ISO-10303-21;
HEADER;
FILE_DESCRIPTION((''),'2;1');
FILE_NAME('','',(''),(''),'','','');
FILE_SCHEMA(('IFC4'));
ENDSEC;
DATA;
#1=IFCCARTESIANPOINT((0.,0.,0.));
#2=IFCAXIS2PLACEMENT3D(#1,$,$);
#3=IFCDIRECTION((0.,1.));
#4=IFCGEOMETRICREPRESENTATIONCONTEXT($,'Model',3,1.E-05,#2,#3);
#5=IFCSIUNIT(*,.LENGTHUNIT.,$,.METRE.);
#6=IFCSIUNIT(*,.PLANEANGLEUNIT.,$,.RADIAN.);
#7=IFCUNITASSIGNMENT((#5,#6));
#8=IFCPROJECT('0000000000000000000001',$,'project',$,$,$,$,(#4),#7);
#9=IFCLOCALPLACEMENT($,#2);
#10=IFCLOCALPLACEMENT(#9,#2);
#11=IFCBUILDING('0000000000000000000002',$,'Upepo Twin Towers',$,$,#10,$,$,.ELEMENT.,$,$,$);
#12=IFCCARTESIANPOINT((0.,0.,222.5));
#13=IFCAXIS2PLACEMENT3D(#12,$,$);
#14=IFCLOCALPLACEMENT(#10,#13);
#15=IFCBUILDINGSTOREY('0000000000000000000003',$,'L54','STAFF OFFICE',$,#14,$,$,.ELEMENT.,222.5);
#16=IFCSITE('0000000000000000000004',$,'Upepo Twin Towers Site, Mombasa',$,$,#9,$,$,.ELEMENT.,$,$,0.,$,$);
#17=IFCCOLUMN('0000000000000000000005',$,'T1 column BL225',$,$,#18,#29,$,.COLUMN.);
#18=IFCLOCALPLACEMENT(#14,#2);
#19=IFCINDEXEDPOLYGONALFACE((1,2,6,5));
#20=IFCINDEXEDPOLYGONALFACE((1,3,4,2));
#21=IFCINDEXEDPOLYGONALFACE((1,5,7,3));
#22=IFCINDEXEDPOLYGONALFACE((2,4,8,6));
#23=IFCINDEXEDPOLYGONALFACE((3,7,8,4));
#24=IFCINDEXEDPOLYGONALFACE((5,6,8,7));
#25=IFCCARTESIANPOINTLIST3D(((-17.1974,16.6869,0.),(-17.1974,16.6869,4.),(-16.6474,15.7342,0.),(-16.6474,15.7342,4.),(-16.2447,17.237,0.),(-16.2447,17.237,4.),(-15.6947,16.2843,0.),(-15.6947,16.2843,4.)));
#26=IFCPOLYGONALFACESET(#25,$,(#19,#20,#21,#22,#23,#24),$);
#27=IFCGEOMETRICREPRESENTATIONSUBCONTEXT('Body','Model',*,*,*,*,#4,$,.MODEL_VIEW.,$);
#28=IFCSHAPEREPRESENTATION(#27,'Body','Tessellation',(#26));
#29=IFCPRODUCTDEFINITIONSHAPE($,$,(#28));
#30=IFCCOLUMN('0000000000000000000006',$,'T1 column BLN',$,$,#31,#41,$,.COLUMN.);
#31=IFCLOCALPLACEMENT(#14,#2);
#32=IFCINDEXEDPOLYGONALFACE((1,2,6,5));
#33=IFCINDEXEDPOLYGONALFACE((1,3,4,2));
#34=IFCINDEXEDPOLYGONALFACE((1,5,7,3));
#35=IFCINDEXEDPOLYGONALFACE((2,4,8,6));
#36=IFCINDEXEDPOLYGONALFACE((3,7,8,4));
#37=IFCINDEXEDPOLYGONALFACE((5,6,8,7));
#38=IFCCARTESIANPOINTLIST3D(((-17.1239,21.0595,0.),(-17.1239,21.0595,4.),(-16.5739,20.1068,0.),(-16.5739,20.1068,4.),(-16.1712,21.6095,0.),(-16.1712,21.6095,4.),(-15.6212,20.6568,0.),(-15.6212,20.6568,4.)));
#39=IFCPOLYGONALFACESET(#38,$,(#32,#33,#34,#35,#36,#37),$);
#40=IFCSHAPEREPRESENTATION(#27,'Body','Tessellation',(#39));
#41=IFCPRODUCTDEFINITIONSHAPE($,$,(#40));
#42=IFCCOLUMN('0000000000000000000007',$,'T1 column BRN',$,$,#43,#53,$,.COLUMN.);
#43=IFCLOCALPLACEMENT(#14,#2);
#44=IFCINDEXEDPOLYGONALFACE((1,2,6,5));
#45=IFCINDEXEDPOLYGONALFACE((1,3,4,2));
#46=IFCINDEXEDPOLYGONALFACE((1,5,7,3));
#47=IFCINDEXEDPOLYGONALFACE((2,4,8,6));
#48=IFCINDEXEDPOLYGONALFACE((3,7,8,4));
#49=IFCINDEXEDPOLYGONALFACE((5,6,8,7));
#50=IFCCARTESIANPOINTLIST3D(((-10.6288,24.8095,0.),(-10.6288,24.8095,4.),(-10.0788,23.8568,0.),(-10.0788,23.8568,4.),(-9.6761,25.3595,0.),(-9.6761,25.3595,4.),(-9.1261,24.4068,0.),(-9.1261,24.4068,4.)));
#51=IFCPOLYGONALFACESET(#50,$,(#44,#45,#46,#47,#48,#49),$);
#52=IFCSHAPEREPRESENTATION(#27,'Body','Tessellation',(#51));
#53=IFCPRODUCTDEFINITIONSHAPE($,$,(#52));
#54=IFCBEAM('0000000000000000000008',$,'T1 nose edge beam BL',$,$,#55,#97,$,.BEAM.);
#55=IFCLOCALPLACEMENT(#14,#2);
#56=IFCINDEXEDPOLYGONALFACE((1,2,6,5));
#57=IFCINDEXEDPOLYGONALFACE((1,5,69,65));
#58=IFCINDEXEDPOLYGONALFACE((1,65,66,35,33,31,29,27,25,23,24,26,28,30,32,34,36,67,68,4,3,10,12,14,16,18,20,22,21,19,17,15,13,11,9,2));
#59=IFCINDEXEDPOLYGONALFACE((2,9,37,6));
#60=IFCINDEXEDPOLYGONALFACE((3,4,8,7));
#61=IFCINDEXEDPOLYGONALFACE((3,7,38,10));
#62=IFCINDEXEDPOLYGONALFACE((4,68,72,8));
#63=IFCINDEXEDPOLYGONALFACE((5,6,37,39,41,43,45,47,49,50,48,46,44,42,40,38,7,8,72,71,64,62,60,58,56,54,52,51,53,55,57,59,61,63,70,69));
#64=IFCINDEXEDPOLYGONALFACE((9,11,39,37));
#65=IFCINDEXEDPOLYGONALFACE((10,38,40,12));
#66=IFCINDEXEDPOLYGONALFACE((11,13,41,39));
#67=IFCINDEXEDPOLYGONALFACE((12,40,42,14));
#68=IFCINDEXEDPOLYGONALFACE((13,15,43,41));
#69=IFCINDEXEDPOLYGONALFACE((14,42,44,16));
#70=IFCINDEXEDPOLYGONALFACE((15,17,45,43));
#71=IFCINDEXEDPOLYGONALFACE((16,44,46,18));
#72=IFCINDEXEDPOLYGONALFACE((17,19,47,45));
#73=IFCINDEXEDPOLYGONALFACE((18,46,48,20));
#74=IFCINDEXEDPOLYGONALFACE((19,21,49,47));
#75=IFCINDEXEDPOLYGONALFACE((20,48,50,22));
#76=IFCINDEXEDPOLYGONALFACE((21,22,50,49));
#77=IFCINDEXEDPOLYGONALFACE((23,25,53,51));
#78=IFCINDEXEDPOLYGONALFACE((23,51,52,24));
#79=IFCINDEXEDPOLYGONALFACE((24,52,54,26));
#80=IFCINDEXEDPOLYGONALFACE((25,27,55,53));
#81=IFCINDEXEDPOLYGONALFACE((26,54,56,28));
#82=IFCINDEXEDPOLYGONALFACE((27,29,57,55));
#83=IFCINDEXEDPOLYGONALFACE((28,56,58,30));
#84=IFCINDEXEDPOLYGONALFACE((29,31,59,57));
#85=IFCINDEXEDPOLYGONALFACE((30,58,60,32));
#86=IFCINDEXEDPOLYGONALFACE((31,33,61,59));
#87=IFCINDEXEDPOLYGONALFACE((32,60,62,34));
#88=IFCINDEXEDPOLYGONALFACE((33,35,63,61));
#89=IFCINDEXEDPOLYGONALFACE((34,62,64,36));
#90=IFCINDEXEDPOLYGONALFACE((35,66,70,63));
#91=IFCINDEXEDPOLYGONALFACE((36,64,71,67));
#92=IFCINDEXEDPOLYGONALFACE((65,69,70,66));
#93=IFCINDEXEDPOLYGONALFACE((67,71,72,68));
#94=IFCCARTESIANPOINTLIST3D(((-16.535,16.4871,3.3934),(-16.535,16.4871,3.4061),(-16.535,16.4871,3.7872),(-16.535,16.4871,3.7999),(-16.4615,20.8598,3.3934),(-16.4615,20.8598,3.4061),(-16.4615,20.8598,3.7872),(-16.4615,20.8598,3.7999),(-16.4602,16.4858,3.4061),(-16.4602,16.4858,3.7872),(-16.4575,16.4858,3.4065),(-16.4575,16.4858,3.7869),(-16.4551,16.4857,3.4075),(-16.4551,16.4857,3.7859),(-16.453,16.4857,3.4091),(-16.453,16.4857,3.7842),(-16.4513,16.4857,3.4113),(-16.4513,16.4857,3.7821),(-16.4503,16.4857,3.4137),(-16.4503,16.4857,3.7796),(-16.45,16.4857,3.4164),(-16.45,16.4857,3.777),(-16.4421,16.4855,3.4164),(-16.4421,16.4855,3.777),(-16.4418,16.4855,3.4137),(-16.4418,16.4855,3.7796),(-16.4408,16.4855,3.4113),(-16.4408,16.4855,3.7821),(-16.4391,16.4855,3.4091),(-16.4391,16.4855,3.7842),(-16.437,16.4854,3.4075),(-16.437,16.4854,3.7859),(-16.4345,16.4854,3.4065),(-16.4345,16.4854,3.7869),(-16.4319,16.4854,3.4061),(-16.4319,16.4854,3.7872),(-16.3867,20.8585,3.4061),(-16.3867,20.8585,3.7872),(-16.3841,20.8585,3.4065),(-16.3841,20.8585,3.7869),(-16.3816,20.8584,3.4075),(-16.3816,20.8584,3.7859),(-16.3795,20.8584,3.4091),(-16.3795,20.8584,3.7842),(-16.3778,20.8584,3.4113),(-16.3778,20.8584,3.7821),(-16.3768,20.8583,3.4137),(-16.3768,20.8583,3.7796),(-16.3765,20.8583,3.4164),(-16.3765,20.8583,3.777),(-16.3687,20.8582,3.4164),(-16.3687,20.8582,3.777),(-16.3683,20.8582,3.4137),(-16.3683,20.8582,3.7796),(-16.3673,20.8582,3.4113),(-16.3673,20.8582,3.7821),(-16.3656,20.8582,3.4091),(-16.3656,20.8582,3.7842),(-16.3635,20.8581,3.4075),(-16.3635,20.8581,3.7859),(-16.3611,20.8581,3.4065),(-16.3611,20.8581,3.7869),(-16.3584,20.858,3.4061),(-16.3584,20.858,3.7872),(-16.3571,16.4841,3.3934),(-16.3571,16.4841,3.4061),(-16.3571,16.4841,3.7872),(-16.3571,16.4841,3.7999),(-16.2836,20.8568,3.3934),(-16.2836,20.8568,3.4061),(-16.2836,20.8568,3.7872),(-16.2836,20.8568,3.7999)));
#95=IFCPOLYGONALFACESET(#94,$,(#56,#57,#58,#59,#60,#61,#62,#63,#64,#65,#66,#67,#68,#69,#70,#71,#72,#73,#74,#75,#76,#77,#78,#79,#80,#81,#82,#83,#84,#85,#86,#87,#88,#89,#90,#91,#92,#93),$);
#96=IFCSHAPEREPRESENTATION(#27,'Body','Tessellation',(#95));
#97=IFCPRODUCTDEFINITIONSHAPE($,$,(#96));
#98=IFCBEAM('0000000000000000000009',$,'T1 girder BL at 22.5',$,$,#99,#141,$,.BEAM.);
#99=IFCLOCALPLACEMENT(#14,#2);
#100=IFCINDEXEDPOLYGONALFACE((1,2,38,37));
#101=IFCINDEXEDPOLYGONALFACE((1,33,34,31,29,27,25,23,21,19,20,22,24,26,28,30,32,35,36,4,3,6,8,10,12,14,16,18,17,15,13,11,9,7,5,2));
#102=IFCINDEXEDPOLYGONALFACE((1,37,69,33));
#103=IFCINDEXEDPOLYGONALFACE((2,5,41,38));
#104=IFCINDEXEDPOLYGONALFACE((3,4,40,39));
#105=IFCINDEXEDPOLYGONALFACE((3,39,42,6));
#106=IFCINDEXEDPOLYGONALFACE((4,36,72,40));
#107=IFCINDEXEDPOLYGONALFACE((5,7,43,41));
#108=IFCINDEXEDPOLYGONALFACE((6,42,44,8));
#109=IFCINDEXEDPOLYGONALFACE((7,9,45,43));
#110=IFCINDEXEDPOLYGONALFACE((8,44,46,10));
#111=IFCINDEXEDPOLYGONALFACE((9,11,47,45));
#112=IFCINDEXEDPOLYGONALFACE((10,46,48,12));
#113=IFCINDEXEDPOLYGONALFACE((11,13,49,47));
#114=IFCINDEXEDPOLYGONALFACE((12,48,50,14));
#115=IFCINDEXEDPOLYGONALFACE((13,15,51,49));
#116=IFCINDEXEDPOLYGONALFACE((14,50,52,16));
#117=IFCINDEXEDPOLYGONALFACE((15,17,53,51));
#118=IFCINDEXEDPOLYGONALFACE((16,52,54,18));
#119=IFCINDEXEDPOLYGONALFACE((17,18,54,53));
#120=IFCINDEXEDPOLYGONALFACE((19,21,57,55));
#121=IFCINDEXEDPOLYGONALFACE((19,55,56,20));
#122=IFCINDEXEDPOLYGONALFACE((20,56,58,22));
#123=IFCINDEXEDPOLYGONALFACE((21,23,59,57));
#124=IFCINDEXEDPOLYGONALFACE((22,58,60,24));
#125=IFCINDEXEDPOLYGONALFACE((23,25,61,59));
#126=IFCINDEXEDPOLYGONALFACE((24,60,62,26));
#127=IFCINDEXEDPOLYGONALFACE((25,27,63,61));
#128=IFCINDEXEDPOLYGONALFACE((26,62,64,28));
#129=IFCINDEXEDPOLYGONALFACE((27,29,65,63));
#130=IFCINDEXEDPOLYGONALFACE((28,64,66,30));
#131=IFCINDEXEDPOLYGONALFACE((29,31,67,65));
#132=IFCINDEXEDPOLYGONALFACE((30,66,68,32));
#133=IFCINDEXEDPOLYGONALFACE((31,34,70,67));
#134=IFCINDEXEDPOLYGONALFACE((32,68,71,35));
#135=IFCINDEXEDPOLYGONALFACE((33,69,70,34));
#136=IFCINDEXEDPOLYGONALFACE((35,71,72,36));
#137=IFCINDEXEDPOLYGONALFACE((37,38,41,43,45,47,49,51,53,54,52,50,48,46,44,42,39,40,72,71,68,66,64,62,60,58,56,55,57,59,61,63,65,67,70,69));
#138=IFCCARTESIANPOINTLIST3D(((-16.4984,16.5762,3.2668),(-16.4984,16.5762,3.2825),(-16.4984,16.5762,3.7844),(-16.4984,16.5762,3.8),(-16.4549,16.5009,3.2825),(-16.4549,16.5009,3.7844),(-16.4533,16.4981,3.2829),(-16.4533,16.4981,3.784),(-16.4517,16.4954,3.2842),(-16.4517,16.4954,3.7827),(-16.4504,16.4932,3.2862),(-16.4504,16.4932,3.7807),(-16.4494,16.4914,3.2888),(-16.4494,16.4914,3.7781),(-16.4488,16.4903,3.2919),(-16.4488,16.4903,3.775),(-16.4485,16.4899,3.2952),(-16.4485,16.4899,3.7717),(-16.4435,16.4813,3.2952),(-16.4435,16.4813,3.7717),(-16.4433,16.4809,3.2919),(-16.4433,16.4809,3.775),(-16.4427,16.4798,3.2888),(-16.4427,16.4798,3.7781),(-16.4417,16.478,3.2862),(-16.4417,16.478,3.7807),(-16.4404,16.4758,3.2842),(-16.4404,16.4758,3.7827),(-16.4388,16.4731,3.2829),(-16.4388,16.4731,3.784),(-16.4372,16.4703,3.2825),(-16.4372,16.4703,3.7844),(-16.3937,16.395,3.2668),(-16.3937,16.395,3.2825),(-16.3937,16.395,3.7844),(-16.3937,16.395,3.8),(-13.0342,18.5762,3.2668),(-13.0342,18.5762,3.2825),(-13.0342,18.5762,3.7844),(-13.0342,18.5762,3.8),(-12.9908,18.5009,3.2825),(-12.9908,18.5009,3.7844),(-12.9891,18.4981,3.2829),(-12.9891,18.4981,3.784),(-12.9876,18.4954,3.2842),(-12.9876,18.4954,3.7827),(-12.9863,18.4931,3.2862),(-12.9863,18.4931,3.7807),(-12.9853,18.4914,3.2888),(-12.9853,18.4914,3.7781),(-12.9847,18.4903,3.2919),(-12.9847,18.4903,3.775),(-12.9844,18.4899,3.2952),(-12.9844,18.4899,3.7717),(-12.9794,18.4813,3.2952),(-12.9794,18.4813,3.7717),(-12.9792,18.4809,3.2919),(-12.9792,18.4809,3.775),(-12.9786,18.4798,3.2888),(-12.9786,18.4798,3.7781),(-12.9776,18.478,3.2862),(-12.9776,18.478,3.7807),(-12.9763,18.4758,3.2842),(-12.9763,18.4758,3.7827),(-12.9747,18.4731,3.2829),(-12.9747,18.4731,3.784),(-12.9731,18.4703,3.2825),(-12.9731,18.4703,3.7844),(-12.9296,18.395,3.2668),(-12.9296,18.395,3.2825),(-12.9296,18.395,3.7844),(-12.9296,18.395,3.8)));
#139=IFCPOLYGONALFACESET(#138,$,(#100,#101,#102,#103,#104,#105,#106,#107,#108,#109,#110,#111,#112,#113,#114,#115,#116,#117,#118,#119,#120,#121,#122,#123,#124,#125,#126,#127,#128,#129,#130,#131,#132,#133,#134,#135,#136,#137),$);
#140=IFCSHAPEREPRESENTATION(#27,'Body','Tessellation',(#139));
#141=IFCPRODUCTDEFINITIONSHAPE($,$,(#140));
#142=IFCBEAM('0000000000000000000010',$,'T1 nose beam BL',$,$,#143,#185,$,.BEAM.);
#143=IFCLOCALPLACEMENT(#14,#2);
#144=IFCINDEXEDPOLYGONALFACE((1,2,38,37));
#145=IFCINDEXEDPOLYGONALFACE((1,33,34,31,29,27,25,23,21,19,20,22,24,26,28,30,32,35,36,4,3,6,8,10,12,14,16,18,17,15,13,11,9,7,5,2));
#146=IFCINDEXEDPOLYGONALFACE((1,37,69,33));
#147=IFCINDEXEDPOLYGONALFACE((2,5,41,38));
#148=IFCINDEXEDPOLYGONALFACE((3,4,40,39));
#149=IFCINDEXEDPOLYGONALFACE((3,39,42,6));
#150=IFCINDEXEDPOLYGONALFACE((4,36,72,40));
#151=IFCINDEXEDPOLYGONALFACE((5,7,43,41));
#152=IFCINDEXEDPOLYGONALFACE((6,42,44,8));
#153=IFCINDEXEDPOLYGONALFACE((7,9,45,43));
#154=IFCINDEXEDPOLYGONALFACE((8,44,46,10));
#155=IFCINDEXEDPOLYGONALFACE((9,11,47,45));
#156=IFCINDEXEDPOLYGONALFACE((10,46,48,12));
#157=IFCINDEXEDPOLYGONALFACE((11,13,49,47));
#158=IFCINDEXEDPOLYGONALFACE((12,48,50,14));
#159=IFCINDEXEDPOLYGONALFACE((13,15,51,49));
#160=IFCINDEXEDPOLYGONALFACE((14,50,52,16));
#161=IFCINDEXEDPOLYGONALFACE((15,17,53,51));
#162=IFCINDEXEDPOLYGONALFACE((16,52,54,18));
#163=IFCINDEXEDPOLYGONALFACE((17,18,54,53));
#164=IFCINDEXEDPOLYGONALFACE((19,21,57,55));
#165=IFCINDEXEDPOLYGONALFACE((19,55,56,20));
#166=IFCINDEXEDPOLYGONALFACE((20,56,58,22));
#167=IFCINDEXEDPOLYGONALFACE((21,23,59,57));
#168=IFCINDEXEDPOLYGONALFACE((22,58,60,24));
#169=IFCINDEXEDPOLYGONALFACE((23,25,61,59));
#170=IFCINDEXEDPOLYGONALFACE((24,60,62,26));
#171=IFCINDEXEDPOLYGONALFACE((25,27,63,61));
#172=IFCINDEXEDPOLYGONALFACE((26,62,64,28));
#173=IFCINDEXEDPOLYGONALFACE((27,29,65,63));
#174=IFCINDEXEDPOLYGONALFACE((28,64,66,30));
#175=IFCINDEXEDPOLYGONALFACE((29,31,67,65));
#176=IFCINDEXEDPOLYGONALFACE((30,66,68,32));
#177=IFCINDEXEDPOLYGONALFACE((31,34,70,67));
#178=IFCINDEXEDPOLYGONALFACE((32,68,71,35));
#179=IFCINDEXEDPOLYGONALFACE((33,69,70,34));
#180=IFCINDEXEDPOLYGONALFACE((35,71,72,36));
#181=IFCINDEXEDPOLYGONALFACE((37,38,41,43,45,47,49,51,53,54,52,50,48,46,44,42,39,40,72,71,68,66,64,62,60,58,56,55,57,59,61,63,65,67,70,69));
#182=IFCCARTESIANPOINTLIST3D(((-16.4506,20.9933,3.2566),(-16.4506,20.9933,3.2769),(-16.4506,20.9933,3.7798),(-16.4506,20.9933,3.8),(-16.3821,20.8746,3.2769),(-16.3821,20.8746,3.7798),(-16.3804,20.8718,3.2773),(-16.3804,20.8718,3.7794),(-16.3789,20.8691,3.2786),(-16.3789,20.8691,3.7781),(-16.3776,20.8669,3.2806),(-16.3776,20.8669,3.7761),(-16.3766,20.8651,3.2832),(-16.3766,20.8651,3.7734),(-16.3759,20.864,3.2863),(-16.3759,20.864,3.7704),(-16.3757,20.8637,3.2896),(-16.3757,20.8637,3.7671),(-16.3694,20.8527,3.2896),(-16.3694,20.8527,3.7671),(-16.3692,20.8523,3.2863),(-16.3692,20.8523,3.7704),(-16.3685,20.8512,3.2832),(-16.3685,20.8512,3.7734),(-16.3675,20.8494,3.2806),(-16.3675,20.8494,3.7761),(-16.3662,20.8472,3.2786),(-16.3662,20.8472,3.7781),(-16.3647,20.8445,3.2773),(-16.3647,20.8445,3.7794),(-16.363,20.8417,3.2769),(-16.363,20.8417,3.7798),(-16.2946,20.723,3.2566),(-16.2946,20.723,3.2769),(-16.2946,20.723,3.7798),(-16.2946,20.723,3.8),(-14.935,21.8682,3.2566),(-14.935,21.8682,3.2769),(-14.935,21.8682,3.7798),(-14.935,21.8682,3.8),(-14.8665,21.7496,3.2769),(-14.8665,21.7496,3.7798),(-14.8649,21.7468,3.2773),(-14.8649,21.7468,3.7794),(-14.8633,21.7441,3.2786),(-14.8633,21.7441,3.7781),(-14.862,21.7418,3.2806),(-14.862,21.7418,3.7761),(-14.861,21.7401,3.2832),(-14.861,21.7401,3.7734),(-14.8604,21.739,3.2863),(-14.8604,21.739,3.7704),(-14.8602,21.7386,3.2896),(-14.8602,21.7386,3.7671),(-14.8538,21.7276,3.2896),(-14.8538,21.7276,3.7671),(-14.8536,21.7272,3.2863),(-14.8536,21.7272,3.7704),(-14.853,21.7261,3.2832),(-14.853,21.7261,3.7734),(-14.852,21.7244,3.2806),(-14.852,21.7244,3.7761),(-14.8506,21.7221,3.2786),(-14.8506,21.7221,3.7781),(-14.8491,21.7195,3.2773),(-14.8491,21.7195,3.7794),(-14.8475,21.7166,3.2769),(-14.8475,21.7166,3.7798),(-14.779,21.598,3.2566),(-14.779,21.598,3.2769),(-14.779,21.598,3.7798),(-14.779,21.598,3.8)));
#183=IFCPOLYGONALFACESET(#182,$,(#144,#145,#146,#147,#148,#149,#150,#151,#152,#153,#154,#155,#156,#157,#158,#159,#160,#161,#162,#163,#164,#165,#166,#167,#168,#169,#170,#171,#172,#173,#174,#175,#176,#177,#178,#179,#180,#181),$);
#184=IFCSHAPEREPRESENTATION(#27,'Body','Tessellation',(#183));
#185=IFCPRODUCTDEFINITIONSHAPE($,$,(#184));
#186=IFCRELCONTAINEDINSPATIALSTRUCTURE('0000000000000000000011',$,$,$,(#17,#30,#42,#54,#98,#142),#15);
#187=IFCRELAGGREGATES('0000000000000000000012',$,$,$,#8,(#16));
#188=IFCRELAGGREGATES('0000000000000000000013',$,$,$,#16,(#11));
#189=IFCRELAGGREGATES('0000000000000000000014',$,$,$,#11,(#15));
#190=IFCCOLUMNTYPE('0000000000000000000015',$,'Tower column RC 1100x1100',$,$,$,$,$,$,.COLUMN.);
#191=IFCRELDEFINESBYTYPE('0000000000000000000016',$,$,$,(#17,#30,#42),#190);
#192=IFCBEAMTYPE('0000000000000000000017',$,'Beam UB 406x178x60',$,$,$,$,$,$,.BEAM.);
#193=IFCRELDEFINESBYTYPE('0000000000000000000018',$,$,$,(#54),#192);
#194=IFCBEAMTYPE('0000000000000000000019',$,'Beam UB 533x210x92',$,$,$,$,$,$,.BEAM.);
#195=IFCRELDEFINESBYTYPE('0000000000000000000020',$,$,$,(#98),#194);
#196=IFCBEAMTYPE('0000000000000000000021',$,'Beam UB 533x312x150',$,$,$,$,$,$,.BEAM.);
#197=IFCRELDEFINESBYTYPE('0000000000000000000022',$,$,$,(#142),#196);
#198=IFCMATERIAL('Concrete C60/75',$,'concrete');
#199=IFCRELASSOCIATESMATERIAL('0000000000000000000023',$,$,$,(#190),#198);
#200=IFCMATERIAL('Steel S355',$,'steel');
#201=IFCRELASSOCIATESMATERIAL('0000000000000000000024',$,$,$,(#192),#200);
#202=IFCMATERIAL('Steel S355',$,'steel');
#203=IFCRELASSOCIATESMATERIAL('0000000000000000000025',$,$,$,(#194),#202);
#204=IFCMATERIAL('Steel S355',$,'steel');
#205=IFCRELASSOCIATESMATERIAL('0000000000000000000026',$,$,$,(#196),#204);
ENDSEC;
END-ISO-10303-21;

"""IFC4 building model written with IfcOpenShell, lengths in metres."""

from ifc_helpers import new_model, si_unit, direction, frame, origin, origin_2d, place, context, subcontext, project, spatial, rectangle, i_section, extrude, material, material_profile, profile_set, type_object, element, save


model = new_model("IFC4")

# Units and contexts
model_context = context("Model", 3, precision=1e-05, world=origin(), true_north=direction((0.0, 1.0)))
body_context = subcontext(model_context, "Body", "Model", "MODEL_VIEW")
ifc_project = project(units=[si_unit("LENGTHUNIT", "METRE"), si_unit("PLANEANGLEUNIT", "RADIAN")], contexts=[model_context])

# Site, building, storey
site_placement = place(None, origin())
site = spatial("IfcSite", under=ifc_project, at=site_placement, Name="Upepo Twin Towers Site, Mombasa", CompositionType="ELEMENT", RefElevation=0.0)
building_placement = place(site_placement, origin())
building = spatial("IfcBuilding", under=site, at=building_placement, Name="Upepo Twin Towers", CompositionType="ELEMENT")
storey_placement = place(building_placement, frame((0.0, 0.0, 222.5)))
storey = spatial("IfcBuildingStorey", under=building, at=storey_placement, Name="L54", Description="STAFF OFFICE", CompositionType="ELEMENT", Elevation=222.5)

# Columns
ifc_material_1 = material(Name="Concrete C60/75", Category="concrete")
ifc_material_profile_1 = material_profile(ifc_material_1, rectangle(XDim=1.1001, YDim=1.1001, at=origin_2d()), Name="RC 1100x1100")
ifc_profile_set_1 = profile_set([ifc_material_profile_1], Name="Concrete C60/75")
column_type = type_object("IfcColumnType", Name="Tower column RC 1100x1100", PredefinedType="COLUMN", material=ifc_profile_set_1)
for number, where, z_axis, x_axis, name in (
    (1, (-16.446, 16.4856, 0.0), (0.0, 0.0, 1.0), (0.866025, 0.5, 0.0), "T1 column BL225"),
    (2, (-16.3726, 20.8582, 0.0), (0.0, 0.0, 1.0), (0.866025, 0.5, 0.0), "T1 column BLN"),
    (3, (-9.8774, 24.6082, 0.0), (0.0, 0.0, 1.0), (0.866025, 0.5, 0.0), "T1 column BRN"),
):
    element("IfcColumn", number, at=place(storey_placement, frame(where, z_axis=z_axis, x_axis=x_axis)), inside=storey, type_object=column_type, Name=name, PredefinedType="COLUMN", context=body_context, shape_type="SweptSolid", body=[
        extrude(rectangle(XDim=1.1001, YDim=1.1001, at=origin_2d()), origin(), (0.0, 0.0, 1.0), 4.0),
    ])

# Beams
ifc_material_2 = material(Name="Steel S355", Category="steel")
ifc_material_profile_2 = material_profile(ifc_material_2, i_section(OverallWidth=0.178, OverallDepth=0.4065, WebThickness=0.0078, FlangeThickness=0.0127, FilletRadius=0.0103, at=origin_2d()), Name="UB 406x178x60")
ifc_profile_set_2 = profile_set([ifc_material_profile_2], Name="Steel S355")
beam_type_1 = type_object("IfcBeamType", Name="Beam UB 406x178x60", PredefinedType="BEAM", material=ifc_profile_set_2)
beam_1_placement = place(storey_placement, frame((-16.446, 16.4856, 3.5967), z_axis=(0.016804, 0.999859, 0.0), x_axis=(-0.999859, 0.016804, 0.0)))
element("IfcBeam", 4, at=beam_1_placement, inside=storey, type_object=beam_type_1, Name="T1 nose edge beam BL", PredefinedType="BEAM", context=body_context, shape_type="SweptSolid", body=[
    extrude(i_section(OverallWidth=0.178, OverallDepth=0.4065, WebThickness=0.0078, FlangeThickness=0.0127, FilletRadius=0.0103, at=origin_2d()), origin(), (0.0, 0.0, 1.0), 4.3733),
])
ifc_material_3 = material(Name="Steel S355", Category="steel")
ifc_material_profile_3 = material_profile(ifc_material_3, i_section(OverallWidth=0.2092, OverallDepth=0.5332, WebThickness=0.01, FlangeThickness=0.0156, FilletRadius=0.0127, at=origin_2d()), Name="UB 533x210x92")
ifc_profile_set_3 = profile_set([ifc_material_profile_3], Name="Steel S355")
beam_type_2 = type_object("IfcBeamType", Name="Beam UB 533x210x92", PredefinedType="BEAM", material=ifc_profile_set_3)
beam_2_placement = place(storey_placement, frame((-16.446, 16.4856, 3.5334), z_axis=(0.866026, 0.499999, 0.0), x_axis=(-0.499999, 0.866026, 0.0)))
element("IfcBeam", 5, at=beam_2_placement, inside=storey, type_object=beam_type_2, Name="T1 girder BL at 22.5", PredefinedType="BEAM", context=body_context, shape_type="SweptSolid", body=[
    extrude(i_section(OverallWidth=0.2092, OverallDepth=0.5332, WebThickness=0.01, FlangeThickness=0.0156, FilletRadius=0.0127, at=origin_2d()), origin(), (0.0, 0.0, 1.0), 4.0),
])
ifc_material_4 = material(Name="Steel S355", Category="steel")
ifc_material_profile_4 = material_profile(ifc_material_4, i_section(OverallWidth=0.312, OverallDepth=0.5435, WebThickness=0.0127, FlangeThickness=0.0203, FilletRadius=0.0127, at=origin_2d()), Name="UB 533x312x150")
ifc_profile_set_4 = profile_set([ifc_material_profile_4], Name="Steel S355")
beam_type_3 = type_object("IfcBeamType", Name="Beam UB 533x312x150", PredefinedType="BEAM", material=ifc_profile_set_4)
for number, where, z_axis, x_axis, name in (
    (6, (-16.3726, 20.8582, 3.5283), (0.866037, 0.49998, 0.0), (-0.49998, 0.866037, 0.0), "T1 nose beam BL"),
):
    element("IfcBeam", number, at=place(storey_placement, frame(where, z_axis=z_axis, x_axis=x_axis)), inside=storey, type_object=beam_type_3, Name=name, PredefinedType="BEAM", context=body_context, shape_type="SweptSolid", body=[
        extrude(i_section(OverallWidth=0.312, OverallDepth=0.5435, WebThickness=0.0127, FlangeThickness=0.0203, FilletRadius=0.0127, at=origin_2d()), origin(), (0.0, 0.0, 1.0), 1.75),
    ])

save(model, "model.ifc")
